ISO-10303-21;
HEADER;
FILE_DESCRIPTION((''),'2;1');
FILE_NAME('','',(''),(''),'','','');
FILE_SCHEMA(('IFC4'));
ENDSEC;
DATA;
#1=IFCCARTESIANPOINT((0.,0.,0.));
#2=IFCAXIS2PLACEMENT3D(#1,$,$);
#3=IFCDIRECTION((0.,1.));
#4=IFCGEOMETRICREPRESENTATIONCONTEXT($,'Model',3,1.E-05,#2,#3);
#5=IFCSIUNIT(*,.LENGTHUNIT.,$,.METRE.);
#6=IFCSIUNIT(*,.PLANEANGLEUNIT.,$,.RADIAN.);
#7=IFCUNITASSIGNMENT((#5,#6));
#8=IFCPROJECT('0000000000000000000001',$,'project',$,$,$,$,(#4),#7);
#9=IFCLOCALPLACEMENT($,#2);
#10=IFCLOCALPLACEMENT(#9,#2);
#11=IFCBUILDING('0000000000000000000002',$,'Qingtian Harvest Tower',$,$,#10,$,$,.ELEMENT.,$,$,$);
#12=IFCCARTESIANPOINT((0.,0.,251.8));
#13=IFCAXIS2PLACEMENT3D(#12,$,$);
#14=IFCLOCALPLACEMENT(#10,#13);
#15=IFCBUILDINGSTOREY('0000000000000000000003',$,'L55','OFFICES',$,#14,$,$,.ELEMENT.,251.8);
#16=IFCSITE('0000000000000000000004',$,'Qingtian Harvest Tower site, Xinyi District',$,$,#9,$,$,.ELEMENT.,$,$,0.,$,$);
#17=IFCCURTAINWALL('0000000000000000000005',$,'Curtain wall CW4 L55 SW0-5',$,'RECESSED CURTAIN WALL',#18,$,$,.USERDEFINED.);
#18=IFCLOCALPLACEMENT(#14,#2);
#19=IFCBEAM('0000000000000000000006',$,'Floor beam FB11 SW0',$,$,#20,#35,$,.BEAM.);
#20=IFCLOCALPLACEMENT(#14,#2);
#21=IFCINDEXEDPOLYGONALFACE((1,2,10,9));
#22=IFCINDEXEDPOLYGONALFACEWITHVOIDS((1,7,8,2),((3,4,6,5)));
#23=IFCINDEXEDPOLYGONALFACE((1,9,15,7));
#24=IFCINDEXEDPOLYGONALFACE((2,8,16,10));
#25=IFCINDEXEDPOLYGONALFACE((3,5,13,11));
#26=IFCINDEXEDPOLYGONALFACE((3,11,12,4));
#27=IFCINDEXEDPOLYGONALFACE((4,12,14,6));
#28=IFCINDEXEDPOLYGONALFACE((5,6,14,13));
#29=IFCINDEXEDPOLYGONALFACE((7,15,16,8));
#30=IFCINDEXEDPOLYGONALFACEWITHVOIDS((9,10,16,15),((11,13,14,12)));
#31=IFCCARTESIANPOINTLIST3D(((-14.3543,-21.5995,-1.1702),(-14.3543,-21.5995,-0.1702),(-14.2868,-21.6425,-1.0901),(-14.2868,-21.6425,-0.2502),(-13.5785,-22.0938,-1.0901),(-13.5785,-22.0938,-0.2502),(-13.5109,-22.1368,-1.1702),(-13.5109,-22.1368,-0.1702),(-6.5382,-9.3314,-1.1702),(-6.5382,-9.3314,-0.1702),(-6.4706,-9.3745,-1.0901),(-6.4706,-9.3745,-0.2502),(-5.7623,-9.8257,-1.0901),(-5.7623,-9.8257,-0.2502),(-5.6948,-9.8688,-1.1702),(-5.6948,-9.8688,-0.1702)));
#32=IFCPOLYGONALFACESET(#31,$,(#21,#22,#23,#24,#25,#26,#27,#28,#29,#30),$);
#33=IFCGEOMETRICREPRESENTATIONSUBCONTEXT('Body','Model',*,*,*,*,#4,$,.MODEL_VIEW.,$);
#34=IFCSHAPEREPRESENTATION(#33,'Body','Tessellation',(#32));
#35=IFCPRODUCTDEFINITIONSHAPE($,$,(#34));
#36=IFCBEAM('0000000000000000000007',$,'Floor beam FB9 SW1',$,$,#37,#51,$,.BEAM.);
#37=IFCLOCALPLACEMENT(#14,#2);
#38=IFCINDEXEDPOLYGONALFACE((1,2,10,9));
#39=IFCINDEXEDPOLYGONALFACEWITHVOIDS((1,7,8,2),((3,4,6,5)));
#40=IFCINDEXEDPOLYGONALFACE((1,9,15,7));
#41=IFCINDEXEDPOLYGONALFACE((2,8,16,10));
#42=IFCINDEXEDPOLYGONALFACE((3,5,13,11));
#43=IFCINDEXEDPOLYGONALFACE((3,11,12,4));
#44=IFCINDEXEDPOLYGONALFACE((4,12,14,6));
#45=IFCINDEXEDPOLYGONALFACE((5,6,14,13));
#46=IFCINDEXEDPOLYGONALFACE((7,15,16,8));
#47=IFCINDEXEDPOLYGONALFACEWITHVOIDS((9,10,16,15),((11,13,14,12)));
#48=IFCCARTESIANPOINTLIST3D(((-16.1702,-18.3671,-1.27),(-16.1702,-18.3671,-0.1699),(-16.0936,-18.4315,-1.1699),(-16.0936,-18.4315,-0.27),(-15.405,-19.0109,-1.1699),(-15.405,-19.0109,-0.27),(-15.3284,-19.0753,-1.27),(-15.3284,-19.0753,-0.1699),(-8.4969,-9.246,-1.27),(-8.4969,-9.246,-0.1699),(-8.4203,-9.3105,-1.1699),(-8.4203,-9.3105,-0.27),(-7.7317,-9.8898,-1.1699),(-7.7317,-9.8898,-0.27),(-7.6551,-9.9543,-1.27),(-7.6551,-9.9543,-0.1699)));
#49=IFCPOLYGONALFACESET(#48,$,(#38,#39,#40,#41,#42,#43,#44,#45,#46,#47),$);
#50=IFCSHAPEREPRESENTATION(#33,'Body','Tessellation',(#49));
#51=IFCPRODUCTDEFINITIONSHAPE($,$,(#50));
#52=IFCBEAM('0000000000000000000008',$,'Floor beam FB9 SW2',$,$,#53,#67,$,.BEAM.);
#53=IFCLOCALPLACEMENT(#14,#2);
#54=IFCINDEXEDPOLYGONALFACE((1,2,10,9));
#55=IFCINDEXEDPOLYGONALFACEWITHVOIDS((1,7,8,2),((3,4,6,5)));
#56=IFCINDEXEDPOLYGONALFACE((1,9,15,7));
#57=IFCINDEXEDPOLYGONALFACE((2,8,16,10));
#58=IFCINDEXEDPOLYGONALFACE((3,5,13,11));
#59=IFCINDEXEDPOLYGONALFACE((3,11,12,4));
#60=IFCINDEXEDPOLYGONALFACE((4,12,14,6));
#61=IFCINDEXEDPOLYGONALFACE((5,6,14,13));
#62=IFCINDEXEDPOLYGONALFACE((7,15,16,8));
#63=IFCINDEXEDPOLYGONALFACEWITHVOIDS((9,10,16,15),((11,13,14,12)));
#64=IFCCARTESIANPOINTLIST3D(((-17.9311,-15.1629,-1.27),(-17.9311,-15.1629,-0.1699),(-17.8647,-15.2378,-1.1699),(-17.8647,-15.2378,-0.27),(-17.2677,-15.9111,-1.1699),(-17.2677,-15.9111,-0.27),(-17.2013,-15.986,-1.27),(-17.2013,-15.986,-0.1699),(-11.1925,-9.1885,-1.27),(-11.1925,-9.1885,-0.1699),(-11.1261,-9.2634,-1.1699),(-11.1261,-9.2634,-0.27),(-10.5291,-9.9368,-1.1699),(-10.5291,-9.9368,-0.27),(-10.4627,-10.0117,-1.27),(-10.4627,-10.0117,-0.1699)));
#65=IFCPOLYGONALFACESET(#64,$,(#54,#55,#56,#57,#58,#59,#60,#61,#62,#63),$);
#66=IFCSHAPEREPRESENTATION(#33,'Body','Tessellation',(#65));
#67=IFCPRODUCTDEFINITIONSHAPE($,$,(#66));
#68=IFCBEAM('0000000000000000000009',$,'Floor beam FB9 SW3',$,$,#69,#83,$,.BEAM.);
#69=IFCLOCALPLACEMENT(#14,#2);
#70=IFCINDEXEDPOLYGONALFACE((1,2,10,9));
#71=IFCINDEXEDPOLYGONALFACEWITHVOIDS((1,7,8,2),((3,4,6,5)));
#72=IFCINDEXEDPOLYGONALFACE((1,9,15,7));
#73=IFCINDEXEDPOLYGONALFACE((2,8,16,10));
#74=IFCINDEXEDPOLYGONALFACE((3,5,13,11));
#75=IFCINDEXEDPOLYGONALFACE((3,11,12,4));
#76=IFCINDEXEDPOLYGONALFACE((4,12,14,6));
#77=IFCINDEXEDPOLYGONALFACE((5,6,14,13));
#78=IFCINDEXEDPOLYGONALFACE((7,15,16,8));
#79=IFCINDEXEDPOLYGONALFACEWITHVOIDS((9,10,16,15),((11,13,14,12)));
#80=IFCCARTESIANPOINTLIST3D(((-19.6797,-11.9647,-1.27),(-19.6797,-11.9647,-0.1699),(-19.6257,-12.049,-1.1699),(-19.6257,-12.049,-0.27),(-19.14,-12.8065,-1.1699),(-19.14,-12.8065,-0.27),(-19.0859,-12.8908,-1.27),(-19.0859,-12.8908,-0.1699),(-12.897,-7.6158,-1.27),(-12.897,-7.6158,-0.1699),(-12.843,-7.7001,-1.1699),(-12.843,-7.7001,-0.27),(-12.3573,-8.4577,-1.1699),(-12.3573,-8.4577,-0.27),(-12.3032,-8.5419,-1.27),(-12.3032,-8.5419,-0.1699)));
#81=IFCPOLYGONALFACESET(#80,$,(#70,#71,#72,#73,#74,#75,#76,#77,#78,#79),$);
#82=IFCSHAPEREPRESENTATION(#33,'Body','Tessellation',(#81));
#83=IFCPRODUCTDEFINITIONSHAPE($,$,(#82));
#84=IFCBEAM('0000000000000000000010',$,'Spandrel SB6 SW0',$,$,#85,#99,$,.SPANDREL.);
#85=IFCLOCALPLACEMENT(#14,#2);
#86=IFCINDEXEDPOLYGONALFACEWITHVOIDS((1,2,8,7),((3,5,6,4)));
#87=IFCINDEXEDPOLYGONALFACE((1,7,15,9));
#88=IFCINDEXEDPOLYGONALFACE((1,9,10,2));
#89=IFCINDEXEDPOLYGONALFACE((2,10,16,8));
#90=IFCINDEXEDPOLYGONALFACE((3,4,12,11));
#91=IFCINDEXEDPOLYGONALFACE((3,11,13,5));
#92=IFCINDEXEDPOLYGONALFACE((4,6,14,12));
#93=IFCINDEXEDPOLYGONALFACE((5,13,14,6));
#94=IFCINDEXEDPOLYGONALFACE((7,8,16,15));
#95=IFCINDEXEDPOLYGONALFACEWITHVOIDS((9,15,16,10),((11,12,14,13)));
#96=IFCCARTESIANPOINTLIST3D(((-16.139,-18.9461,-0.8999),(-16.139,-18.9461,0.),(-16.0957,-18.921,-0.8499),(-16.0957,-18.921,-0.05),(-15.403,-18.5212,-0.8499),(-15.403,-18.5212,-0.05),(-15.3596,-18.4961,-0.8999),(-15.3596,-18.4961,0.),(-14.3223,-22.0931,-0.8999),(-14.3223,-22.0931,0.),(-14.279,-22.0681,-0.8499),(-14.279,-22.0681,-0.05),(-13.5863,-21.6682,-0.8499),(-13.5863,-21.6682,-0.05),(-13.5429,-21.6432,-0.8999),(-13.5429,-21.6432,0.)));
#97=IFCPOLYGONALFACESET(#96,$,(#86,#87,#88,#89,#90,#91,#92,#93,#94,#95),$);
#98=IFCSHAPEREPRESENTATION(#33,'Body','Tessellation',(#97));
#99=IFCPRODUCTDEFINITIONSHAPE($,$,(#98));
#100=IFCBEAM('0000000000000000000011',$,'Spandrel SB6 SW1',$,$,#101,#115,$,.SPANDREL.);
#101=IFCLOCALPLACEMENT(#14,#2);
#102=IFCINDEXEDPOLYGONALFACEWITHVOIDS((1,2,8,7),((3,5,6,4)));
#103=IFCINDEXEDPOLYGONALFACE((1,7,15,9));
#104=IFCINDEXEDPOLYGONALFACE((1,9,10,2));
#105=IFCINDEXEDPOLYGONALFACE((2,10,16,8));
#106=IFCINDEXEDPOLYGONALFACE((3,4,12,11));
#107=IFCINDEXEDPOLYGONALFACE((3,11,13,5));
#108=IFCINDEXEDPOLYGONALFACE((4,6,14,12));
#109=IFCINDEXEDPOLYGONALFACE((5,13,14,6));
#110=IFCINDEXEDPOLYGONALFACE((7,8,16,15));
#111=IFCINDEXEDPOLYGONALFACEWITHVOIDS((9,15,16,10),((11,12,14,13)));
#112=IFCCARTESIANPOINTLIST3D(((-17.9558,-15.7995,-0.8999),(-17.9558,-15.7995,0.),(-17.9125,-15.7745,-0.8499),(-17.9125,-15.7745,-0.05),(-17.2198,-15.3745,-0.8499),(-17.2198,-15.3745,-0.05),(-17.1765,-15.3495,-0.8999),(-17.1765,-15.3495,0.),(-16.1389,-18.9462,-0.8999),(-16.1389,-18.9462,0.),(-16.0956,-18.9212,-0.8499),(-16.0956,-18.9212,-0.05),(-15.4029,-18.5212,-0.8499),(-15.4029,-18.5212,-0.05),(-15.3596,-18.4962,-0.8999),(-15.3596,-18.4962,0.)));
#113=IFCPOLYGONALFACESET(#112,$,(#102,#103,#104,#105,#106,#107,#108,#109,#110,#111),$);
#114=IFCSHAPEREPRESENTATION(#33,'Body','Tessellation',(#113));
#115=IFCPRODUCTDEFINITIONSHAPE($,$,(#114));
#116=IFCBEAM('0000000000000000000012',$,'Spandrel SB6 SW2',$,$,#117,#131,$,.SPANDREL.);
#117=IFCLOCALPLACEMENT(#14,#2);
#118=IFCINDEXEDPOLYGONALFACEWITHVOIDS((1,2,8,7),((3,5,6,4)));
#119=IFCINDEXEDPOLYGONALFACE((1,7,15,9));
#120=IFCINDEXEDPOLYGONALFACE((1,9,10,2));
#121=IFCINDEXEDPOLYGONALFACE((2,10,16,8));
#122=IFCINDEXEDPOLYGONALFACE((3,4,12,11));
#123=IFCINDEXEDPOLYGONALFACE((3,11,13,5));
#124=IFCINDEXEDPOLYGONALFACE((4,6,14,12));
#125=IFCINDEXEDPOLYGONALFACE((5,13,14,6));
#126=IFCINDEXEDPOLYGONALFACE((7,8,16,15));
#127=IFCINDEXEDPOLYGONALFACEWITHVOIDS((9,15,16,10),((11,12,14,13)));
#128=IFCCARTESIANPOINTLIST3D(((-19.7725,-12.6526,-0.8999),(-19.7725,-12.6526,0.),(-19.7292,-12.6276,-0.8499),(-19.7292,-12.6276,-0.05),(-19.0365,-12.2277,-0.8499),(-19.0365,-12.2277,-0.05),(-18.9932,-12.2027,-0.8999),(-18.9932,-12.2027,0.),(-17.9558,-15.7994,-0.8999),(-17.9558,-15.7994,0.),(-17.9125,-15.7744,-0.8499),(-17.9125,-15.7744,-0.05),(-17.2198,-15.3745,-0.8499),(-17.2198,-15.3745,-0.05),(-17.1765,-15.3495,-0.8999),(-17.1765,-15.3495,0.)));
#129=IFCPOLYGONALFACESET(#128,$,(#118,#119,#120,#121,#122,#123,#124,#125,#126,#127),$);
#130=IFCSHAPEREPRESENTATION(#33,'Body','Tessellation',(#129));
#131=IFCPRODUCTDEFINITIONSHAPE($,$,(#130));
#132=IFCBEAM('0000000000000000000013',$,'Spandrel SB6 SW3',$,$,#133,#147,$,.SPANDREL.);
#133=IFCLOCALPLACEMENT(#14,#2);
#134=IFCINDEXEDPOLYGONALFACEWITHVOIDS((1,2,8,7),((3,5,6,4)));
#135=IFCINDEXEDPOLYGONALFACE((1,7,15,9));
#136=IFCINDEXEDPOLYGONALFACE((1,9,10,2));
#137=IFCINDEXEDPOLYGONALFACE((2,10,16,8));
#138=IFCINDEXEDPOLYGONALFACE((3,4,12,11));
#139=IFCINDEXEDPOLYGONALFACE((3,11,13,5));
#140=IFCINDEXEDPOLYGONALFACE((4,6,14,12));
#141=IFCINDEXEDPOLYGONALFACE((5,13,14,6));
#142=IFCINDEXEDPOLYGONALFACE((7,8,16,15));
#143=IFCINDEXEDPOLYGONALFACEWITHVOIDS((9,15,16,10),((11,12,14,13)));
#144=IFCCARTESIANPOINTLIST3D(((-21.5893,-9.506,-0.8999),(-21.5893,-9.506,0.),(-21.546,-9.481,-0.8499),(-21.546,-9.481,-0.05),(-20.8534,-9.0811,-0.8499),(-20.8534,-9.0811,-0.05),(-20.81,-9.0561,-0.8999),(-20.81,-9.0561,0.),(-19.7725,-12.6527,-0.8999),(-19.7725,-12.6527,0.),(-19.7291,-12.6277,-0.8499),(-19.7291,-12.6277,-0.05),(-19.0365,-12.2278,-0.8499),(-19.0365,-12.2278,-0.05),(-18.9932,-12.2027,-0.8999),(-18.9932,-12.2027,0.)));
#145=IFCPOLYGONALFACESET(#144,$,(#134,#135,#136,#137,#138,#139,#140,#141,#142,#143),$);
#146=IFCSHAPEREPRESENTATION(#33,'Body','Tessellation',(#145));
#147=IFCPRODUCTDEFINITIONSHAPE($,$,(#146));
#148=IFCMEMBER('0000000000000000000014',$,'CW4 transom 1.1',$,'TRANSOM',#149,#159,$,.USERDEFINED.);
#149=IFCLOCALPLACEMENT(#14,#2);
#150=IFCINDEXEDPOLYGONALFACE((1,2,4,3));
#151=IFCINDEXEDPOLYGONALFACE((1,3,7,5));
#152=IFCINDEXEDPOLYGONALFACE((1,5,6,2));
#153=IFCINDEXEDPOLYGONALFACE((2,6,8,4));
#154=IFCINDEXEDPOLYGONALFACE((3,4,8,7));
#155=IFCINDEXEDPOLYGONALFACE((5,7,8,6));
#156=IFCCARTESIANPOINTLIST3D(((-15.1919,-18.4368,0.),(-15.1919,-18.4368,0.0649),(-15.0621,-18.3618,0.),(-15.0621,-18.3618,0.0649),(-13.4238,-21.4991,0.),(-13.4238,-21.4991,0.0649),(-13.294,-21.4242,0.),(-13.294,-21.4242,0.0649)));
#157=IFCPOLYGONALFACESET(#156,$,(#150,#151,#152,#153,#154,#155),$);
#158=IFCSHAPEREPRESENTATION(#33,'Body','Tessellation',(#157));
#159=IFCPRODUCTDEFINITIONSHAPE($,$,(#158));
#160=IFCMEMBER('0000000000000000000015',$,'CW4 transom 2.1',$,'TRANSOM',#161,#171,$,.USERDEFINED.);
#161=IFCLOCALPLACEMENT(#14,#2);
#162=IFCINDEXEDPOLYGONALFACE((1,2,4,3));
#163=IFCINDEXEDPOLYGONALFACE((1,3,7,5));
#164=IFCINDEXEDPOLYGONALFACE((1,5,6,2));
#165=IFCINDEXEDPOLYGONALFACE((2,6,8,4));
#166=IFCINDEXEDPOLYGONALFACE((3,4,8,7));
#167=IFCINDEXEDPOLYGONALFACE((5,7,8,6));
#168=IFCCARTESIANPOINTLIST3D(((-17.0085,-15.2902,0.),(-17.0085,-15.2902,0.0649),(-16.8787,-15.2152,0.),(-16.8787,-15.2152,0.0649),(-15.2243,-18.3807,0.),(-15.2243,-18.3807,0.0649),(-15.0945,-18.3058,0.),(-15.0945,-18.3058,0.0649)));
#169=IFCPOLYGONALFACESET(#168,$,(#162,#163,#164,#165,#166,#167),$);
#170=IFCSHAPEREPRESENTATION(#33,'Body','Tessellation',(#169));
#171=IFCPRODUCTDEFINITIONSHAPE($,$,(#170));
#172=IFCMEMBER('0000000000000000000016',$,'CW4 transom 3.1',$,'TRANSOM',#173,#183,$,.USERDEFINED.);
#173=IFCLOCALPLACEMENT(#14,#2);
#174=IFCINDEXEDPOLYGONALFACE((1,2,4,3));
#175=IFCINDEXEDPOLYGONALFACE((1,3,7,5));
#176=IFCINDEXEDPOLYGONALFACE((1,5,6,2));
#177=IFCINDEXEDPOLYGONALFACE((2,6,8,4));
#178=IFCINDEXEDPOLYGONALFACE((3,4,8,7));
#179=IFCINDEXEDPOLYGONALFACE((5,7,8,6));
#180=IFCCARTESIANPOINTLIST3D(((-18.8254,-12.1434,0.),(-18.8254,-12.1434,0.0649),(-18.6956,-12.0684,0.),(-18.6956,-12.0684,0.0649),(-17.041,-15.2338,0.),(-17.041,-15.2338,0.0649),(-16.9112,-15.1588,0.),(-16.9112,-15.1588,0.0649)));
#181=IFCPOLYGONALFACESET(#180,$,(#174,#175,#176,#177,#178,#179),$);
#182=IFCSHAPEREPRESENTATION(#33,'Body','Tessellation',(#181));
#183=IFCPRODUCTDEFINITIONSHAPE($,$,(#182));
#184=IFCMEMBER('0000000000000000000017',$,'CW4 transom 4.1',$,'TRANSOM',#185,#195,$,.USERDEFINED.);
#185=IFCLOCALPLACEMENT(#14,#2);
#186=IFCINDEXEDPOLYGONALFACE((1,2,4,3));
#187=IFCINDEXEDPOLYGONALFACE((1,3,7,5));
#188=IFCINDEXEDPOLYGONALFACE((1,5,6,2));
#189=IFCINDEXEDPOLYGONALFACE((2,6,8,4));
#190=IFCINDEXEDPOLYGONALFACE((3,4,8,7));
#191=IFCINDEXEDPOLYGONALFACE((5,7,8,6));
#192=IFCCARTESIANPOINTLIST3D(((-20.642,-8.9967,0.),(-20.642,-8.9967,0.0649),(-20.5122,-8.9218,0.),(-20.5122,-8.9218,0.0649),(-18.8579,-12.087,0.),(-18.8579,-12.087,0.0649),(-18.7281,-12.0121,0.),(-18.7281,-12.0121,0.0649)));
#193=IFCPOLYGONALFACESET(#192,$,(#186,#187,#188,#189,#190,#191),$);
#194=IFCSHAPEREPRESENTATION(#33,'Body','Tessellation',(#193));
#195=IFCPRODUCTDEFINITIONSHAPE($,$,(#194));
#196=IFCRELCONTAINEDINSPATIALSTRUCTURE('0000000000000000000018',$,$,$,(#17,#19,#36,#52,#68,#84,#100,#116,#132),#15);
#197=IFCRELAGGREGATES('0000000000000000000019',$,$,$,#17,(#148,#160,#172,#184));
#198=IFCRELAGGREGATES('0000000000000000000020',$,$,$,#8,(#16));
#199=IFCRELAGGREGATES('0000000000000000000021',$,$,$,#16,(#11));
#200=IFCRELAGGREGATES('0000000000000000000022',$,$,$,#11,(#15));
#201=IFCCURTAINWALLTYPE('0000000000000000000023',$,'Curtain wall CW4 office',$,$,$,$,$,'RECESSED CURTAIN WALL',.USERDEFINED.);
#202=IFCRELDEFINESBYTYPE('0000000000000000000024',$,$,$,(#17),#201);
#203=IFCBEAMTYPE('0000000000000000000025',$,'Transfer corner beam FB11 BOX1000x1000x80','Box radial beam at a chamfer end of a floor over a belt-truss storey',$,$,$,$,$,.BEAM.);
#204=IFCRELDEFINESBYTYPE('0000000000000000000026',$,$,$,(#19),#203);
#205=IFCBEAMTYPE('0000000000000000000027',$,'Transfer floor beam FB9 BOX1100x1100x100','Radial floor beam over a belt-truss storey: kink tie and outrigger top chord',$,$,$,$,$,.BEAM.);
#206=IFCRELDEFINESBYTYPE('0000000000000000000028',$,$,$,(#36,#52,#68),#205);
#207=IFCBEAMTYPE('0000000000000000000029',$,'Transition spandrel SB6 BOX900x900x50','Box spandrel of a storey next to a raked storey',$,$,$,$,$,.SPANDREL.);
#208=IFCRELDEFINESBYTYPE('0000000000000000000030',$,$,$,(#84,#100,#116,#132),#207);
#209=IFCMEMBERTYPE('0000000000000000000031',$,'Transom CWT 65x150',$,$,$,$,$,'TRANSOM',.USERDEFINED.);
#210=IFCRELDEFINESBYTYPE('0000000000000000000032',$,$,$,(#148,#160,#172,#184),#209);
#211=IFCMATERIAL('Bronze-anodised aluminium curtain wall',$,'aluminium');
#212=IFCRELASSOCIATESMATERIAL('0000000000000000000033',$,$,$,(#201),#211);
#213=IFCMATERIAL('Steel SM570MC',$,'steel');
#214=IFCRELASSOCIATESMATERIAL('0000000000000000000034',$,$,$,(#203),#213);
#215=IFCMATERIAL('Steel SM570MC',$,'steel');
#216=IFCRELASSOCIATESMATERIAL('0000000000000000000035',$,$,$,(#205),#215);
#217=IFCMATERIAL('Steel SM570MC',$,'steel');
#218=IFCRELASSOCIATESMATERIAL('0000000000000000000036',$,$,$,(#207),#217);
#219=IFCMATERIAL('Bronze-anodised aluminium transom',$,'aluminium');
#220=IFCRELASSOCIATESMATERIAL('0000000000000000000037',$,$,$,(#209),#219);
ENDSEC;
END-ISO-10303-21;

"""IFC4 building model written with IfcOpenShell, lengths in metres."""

from ifc_helpers import new_model, si_unit, direction, frame, origin, origin_2d, place, context, subcontext, project, spatial, rectangle, hollow_rectangle, extrude, material, material_profile, profile_set, type_object, element, aggregate, save


model = new_model("IFC4")

# Units and contexts
model_context = context("Model", 3, precision=1e-05, world=origin(), true_north=direction((0.0, 1.0)))
body_context = subcontext(model_context, "Body", "Model", "MODEL_VIEW")
ifc_project = project(units=[si_unit("LENGTHUNIT", "METRE"), si_unit("PLANEANGLEUNIT", "RADIAN")], contexts=[model_context])

# Site, building, storey
site_placement = place(None, origin())
site = spatial("IfcSite", under=ifc_project, at=site_placement, Name="Qingtian Harvest Tower site, Xinyi District", CompositionType="ELEMENT", RefElevation=0.0)
building_placement = place(site_placement, origin())
building = spatial("IfcBuilding", under=site, at=building_placement, Name="Qingtian Harvest Tower", CompositionType="ELEMENT")
storey_placement = place(building_placement, frame((0.0, 0.0, 251.8)))
storey = spatial("IfcBuildingStorey", under=building, at=storey_placement, Name="L55", Description="OFFICES", CompositionType="ELEMENT", Elevation=251.8)

# Shared definitions
ifc_material_1 = material(Name="Bronze-anodised aluminium curtain wall", Category="aluminium")
curtain_wall_type = type_object("IfcCurtainWallType", Name="Curtain wall CW4 office", ElementType="RECESSED CURTAIN WALL", PredefinedType="USERDEFINED", material=ifc_material_1)

# Curtain wall
curtain_wall_1_placement = place(storey_placement, origin())
curtain_wall_1 = element("IfcCurtainWall", 1, at=curtain_wall_1_placement, inside=storey, type_object=curtain_wall_type, Name="Curtain wall CW4 L55 SW0-5", ObjectType="RECESSED CURTAIN WALL", PredefinedType="USERDEFINED")

# Beams
ifc_material_2 = material(Name="Steel SM570MC", Category="steel")
ifc_material_profile_1 = material_profile(ifc_material_2, hollow_rectangle(XDim=1.0, YDim=1.0, WallThickness=0.0801, at=origin_2d()), Name="BOX1000x1000x80")
ifc_profile_set_1 = profile_set([ifc_material_profile_1], Name="Steel SM570MC")
beam_type_1 = type_object("IfcBeamType", Name="Transfer corner beam FB11 BOX1000x1000x80", Description="Box radial beam at a chamfer end of a floor over a belt-truss storey", PredefinedType="BEAM", material=ifc_profile_set_1)
beam_1_placement = place(storey_placement, frame((-13.9326, -21.8682, -0.6702), z_axis=(0.537326, 0.843375, 0.0), x_axis=(-0.843375, 0.537326, 0.0)))
element("IfcBeam", 2, at=beam_1_placement, inside=storey, type_object=beam_type_1, Name="Floor beam FB11 SW0", PredefinedType="BEAM", context=body_context, shape_type="SweptSolid", body=[
    extrude(hollow_rectangle(XDim=1.0, YDim=1.0, WallThickness=0.0801, at=origin_2d()), origin(), (0.0, 0.0, 1.0), 14.5464),
])
ifc_material_3 = material(Name="Steel SM570MC", Category="steel")
ifc_material_profile_2 = material_profile(ifc_material_3, hollow_rectangle(XDim=1.1001, YDim=1.1001, WallThickness=0.1001, at=origin_2d()), Name="BOX1100x1100x100")
ifc_profile_set_2 = profile_set([ifc_material_profile_2], Name="Steel SM570MC")
beam_type_2 = type_object("IfcBeamType", Name="Transfer floor beam FB9 BOX1100x1100x100", Description="Radial floor beam over a belt-truss storey: kink tie and outrigger top chord", PredefinedType="BEAM", material=ifc_profile_set_2)
beam_2_placement = place(storey_placement, frame((-15.7493, -18.7212, -0.72), z_axis=(0.643764, 0.765224, 0.0), x_axis=(-0.765224, 0.643764, 0.0)))
element("IfcBeam", 3, at=beam_2_placement, inside=storey, type_object=beam_type_2, Name="Floor beam FB9 SW1", PredefinedType="BEAM", context=body_context, shape_type="SweptSolid", body=[
    extrude(hollow_rectangle(XDim=1.1001, YDim=1.1001, WallThickness=0.1001, at=origin_2d()), origin(), (0.0, 0.0, 1.0), 11.9194),
])
beam_3_placement = place(storey_placement, frame((-17.5662, -15.5745, -0.72), z_axis=(0.74826, 0.663406, 0.0), x_axis=(-0.663406, 0.74826, 0.0)))
element("IfcBeam", 4, at=beam_3_placement, inside=storey, type_object=beam_type_2, Name="Floor beam FB9 SW2", PredefinedType="BEAM", context=body_context, shape_type="SweptSolid", body=[
    extrude(hollow_rectangle(XDim=1.1001, YDim=1.1001, WallThickness=0.1001, at=origin_2d()), origin(), (0.0, 0.0, 1.0), 9.0056),
])
beam_4_placement = place(storey_placement, frame((-19.3828, -12.4277, -0.72), z_axis=(0.841824, 0.539753, 0.0), x_axis=(-0.539753, 0.841824, 0.0)))
element("IfcBeam", 5, at=beam_4_placement, inside=storey, type_object=beam_type_2, Name="Floor beam FB9 SW3", PredefinedType="BEAM", context=body_context, shape_type="SweptSolid", body=[
    extrude(hollow_rectangle(XDim=1.1001, YDim=1.1001, WallThickness=0.1001, at=origin_2d()), origin(), (0.0, 0.0, 1.0), 8.0571),
])
ifc_material_4 = material(Name="Steel SM570MC", Category="steel")
ifc_material_profile_3 = material_profile(ifc_material_4, hollow_rectangle(XDim=0.8999, YDim=0.8999, WallThickness=0.05, at=origin_2d()), Name="BOX900x900x50")
ifc_profile_set_3 = profile_set([ifc_material_profile_3], Name="Steel SM570MC")
beam_type_3 = type_object("IfcBeamType", Name="Transition spandrel SB6 BOX900x900x50", Description="Box spandrel of a storey next to a raked storey", PredefinedType="SPANDREL", material=ifc_profile_set_3)
beam_5_placement = place(storey_placement, frame((-13.9326, -21.8682, -0.45), z_axis=(-0.499947, 0.866056, 0.0), x_axis=(-0.866056, -0.499947, 0.0)))
element("IfcBeam", 6, at=beam_5_placement, inside=storey, type_object=beam_type_3, Name="Spandrel SB6 SW0", PredefinedType="SPANDREL", context=body_context, shape_type="SweptSolid", body=[
    extrude(hollow_rectangle(XDim=0.8999, YDim=0.8999, WallThickness=0.05, at=origin_2d()), origin(), (0.0, 0.0, 1.0), 3.6338),
])
for number, where, z_axis, x_axis, name in (
    (7, (-15.7493, -18.7212, -0.45), (-0.500027, 0.86601, 0.0), (-0.86601, -0.500027, 0.0), "Spandrel SB6 SW1"),
    (8, (-17.5662, -15.5745, -0.45), (-0.499976, 0.866039, 0.0), (-0.866039, -0.499976, 0.0), "Spandrel SB6 SW2"),
    (9, (-19.3828, -12.4277, -0.45), (-0.500027, 0.86601, 0.0), (-0.86601, -0.500027, 0.0), "Spandrel SB6 SW3"),
):
    element("IfcBeam", number, at=place(storey_placement, frame(where, z_axis=z_axis, x_axis=x_axis)), inside=storey, type_object=beam_type_3, Name=name, PredefinedType="SPANDREL", context=body_context, shape_type="SweptSolid", body=[
        extrude(hollow_rectangle(XDim=0.8999, YDim=0.8999, WallThickness=0.05, at=origin_2d()), origin(), (0.0, 0.0, 1.0), 3.6335),
    ])

# Members
ifc_material_5 = material(Name="Bronze-anodised aluminium transom", Category="aluminium")
ifc_material_profile_4 = material_profile(ifc_material_5, rectangle(XDim=0.1499, YDim=0.0649, at=origin_2d()), Name="AL 65x150")
ifc_profile_set_4 = profile_set([ifc_material_profile_4], Name="Bronze-anodised aluminium transom")
member_type_1 = type_object("IfcMemberType", Name="Transom CWT 65x150", ElementType="TRANSOM", PredefinedType="USERDEFINED", material=ifc_profile_set_4)
member_1_placement = place(storey_placement, frame((-13.3589, -21.4617, 0.0325), z_axis=(-0.500015, 0.866017, 0.0), x_axis=(-0.866017, -0.500015, 0.0)))
member_1 = element("IfcMember", 10, at=member_1_placement, type_object=member_type_1, Name="CW4 transom 1.1", ObjectType="TRANSOM", PredefinedType="USERDEFINED", context=body_context, shape_type="SweptSolid", body=[
    extrude(rectangle(XDim=0.1499, YDim=0.0649, at=origin_2d()), origin(), (0.0, 0.0, 1.0), 3.5361),
])
member_2_placement = place(storey_placement, frame((-15.1594, -18.3433, 0.0325), z_axis=(-0.499965, 0.866045, 0.0), x_axis=(-0.866045, -0.499965, 0.0)))
member_2 = element("IfcMember", 11, at=member_2_placement, type_object=member_type_1, Name="CW4 transom 2.1", ObjectType="TRANSOM", PredefinedType="USERDEFINED", context=body_context, shape_type="SweptSolid", body=[
    extrude(rectangle(XDim=0.1499, YDim=0.0649, at=origin_2d()), origin(), (0.0, 0.0, 1.0), 3.5686),
])
member_3_placement = place(storey_placement, frame((-16.9761, -15.1963, 0.0325), z_axis=(-0.500046, 0.865999, 0.0), x_axis=(-0.865999, -0.500046, 0.0)))
member_3 = element("IfcMember", 12, at=member_3_placement, type_object=member_type_1, Name="CW4 transom 3.1", ObjectType="TRANSOM", PredefinedType="USERDEFINED", context=body_context, shape_type="SweptSolid", body=[
    extrude(rectangle(XDim=0.1499, YDim=0.0649, at=origin_2d()), origin(), (0.0, 0.0, 1.0), 3.5686),
])
member_4_placement = place(storey_placement, frame((-18.793, -12.0496, 0.0325), z_axis=(-0.499995, 0.866028, 0.0), x_axis=(-0.866028, -0.499995, 0.0)))
member_4 = element("IfcMember", 13, at=member_4_placement, type_object=member_type_1, Name="CW4 transom 4.1", ObjectType="TRANSOM", PredefinedType="USERDEFINED", context=body_context, shape_type="SweptSolid", body=[
    extrude(rectangle(XDim=0.1499, YDim=0.0649, at=origin_2d()), origin(), (0.0, 0.0, 1.0), 3.5684),
])

aggregate(curtain_wall_1, [member_1, member_2, member_3, member_4])

save(model, "model.ifc")
